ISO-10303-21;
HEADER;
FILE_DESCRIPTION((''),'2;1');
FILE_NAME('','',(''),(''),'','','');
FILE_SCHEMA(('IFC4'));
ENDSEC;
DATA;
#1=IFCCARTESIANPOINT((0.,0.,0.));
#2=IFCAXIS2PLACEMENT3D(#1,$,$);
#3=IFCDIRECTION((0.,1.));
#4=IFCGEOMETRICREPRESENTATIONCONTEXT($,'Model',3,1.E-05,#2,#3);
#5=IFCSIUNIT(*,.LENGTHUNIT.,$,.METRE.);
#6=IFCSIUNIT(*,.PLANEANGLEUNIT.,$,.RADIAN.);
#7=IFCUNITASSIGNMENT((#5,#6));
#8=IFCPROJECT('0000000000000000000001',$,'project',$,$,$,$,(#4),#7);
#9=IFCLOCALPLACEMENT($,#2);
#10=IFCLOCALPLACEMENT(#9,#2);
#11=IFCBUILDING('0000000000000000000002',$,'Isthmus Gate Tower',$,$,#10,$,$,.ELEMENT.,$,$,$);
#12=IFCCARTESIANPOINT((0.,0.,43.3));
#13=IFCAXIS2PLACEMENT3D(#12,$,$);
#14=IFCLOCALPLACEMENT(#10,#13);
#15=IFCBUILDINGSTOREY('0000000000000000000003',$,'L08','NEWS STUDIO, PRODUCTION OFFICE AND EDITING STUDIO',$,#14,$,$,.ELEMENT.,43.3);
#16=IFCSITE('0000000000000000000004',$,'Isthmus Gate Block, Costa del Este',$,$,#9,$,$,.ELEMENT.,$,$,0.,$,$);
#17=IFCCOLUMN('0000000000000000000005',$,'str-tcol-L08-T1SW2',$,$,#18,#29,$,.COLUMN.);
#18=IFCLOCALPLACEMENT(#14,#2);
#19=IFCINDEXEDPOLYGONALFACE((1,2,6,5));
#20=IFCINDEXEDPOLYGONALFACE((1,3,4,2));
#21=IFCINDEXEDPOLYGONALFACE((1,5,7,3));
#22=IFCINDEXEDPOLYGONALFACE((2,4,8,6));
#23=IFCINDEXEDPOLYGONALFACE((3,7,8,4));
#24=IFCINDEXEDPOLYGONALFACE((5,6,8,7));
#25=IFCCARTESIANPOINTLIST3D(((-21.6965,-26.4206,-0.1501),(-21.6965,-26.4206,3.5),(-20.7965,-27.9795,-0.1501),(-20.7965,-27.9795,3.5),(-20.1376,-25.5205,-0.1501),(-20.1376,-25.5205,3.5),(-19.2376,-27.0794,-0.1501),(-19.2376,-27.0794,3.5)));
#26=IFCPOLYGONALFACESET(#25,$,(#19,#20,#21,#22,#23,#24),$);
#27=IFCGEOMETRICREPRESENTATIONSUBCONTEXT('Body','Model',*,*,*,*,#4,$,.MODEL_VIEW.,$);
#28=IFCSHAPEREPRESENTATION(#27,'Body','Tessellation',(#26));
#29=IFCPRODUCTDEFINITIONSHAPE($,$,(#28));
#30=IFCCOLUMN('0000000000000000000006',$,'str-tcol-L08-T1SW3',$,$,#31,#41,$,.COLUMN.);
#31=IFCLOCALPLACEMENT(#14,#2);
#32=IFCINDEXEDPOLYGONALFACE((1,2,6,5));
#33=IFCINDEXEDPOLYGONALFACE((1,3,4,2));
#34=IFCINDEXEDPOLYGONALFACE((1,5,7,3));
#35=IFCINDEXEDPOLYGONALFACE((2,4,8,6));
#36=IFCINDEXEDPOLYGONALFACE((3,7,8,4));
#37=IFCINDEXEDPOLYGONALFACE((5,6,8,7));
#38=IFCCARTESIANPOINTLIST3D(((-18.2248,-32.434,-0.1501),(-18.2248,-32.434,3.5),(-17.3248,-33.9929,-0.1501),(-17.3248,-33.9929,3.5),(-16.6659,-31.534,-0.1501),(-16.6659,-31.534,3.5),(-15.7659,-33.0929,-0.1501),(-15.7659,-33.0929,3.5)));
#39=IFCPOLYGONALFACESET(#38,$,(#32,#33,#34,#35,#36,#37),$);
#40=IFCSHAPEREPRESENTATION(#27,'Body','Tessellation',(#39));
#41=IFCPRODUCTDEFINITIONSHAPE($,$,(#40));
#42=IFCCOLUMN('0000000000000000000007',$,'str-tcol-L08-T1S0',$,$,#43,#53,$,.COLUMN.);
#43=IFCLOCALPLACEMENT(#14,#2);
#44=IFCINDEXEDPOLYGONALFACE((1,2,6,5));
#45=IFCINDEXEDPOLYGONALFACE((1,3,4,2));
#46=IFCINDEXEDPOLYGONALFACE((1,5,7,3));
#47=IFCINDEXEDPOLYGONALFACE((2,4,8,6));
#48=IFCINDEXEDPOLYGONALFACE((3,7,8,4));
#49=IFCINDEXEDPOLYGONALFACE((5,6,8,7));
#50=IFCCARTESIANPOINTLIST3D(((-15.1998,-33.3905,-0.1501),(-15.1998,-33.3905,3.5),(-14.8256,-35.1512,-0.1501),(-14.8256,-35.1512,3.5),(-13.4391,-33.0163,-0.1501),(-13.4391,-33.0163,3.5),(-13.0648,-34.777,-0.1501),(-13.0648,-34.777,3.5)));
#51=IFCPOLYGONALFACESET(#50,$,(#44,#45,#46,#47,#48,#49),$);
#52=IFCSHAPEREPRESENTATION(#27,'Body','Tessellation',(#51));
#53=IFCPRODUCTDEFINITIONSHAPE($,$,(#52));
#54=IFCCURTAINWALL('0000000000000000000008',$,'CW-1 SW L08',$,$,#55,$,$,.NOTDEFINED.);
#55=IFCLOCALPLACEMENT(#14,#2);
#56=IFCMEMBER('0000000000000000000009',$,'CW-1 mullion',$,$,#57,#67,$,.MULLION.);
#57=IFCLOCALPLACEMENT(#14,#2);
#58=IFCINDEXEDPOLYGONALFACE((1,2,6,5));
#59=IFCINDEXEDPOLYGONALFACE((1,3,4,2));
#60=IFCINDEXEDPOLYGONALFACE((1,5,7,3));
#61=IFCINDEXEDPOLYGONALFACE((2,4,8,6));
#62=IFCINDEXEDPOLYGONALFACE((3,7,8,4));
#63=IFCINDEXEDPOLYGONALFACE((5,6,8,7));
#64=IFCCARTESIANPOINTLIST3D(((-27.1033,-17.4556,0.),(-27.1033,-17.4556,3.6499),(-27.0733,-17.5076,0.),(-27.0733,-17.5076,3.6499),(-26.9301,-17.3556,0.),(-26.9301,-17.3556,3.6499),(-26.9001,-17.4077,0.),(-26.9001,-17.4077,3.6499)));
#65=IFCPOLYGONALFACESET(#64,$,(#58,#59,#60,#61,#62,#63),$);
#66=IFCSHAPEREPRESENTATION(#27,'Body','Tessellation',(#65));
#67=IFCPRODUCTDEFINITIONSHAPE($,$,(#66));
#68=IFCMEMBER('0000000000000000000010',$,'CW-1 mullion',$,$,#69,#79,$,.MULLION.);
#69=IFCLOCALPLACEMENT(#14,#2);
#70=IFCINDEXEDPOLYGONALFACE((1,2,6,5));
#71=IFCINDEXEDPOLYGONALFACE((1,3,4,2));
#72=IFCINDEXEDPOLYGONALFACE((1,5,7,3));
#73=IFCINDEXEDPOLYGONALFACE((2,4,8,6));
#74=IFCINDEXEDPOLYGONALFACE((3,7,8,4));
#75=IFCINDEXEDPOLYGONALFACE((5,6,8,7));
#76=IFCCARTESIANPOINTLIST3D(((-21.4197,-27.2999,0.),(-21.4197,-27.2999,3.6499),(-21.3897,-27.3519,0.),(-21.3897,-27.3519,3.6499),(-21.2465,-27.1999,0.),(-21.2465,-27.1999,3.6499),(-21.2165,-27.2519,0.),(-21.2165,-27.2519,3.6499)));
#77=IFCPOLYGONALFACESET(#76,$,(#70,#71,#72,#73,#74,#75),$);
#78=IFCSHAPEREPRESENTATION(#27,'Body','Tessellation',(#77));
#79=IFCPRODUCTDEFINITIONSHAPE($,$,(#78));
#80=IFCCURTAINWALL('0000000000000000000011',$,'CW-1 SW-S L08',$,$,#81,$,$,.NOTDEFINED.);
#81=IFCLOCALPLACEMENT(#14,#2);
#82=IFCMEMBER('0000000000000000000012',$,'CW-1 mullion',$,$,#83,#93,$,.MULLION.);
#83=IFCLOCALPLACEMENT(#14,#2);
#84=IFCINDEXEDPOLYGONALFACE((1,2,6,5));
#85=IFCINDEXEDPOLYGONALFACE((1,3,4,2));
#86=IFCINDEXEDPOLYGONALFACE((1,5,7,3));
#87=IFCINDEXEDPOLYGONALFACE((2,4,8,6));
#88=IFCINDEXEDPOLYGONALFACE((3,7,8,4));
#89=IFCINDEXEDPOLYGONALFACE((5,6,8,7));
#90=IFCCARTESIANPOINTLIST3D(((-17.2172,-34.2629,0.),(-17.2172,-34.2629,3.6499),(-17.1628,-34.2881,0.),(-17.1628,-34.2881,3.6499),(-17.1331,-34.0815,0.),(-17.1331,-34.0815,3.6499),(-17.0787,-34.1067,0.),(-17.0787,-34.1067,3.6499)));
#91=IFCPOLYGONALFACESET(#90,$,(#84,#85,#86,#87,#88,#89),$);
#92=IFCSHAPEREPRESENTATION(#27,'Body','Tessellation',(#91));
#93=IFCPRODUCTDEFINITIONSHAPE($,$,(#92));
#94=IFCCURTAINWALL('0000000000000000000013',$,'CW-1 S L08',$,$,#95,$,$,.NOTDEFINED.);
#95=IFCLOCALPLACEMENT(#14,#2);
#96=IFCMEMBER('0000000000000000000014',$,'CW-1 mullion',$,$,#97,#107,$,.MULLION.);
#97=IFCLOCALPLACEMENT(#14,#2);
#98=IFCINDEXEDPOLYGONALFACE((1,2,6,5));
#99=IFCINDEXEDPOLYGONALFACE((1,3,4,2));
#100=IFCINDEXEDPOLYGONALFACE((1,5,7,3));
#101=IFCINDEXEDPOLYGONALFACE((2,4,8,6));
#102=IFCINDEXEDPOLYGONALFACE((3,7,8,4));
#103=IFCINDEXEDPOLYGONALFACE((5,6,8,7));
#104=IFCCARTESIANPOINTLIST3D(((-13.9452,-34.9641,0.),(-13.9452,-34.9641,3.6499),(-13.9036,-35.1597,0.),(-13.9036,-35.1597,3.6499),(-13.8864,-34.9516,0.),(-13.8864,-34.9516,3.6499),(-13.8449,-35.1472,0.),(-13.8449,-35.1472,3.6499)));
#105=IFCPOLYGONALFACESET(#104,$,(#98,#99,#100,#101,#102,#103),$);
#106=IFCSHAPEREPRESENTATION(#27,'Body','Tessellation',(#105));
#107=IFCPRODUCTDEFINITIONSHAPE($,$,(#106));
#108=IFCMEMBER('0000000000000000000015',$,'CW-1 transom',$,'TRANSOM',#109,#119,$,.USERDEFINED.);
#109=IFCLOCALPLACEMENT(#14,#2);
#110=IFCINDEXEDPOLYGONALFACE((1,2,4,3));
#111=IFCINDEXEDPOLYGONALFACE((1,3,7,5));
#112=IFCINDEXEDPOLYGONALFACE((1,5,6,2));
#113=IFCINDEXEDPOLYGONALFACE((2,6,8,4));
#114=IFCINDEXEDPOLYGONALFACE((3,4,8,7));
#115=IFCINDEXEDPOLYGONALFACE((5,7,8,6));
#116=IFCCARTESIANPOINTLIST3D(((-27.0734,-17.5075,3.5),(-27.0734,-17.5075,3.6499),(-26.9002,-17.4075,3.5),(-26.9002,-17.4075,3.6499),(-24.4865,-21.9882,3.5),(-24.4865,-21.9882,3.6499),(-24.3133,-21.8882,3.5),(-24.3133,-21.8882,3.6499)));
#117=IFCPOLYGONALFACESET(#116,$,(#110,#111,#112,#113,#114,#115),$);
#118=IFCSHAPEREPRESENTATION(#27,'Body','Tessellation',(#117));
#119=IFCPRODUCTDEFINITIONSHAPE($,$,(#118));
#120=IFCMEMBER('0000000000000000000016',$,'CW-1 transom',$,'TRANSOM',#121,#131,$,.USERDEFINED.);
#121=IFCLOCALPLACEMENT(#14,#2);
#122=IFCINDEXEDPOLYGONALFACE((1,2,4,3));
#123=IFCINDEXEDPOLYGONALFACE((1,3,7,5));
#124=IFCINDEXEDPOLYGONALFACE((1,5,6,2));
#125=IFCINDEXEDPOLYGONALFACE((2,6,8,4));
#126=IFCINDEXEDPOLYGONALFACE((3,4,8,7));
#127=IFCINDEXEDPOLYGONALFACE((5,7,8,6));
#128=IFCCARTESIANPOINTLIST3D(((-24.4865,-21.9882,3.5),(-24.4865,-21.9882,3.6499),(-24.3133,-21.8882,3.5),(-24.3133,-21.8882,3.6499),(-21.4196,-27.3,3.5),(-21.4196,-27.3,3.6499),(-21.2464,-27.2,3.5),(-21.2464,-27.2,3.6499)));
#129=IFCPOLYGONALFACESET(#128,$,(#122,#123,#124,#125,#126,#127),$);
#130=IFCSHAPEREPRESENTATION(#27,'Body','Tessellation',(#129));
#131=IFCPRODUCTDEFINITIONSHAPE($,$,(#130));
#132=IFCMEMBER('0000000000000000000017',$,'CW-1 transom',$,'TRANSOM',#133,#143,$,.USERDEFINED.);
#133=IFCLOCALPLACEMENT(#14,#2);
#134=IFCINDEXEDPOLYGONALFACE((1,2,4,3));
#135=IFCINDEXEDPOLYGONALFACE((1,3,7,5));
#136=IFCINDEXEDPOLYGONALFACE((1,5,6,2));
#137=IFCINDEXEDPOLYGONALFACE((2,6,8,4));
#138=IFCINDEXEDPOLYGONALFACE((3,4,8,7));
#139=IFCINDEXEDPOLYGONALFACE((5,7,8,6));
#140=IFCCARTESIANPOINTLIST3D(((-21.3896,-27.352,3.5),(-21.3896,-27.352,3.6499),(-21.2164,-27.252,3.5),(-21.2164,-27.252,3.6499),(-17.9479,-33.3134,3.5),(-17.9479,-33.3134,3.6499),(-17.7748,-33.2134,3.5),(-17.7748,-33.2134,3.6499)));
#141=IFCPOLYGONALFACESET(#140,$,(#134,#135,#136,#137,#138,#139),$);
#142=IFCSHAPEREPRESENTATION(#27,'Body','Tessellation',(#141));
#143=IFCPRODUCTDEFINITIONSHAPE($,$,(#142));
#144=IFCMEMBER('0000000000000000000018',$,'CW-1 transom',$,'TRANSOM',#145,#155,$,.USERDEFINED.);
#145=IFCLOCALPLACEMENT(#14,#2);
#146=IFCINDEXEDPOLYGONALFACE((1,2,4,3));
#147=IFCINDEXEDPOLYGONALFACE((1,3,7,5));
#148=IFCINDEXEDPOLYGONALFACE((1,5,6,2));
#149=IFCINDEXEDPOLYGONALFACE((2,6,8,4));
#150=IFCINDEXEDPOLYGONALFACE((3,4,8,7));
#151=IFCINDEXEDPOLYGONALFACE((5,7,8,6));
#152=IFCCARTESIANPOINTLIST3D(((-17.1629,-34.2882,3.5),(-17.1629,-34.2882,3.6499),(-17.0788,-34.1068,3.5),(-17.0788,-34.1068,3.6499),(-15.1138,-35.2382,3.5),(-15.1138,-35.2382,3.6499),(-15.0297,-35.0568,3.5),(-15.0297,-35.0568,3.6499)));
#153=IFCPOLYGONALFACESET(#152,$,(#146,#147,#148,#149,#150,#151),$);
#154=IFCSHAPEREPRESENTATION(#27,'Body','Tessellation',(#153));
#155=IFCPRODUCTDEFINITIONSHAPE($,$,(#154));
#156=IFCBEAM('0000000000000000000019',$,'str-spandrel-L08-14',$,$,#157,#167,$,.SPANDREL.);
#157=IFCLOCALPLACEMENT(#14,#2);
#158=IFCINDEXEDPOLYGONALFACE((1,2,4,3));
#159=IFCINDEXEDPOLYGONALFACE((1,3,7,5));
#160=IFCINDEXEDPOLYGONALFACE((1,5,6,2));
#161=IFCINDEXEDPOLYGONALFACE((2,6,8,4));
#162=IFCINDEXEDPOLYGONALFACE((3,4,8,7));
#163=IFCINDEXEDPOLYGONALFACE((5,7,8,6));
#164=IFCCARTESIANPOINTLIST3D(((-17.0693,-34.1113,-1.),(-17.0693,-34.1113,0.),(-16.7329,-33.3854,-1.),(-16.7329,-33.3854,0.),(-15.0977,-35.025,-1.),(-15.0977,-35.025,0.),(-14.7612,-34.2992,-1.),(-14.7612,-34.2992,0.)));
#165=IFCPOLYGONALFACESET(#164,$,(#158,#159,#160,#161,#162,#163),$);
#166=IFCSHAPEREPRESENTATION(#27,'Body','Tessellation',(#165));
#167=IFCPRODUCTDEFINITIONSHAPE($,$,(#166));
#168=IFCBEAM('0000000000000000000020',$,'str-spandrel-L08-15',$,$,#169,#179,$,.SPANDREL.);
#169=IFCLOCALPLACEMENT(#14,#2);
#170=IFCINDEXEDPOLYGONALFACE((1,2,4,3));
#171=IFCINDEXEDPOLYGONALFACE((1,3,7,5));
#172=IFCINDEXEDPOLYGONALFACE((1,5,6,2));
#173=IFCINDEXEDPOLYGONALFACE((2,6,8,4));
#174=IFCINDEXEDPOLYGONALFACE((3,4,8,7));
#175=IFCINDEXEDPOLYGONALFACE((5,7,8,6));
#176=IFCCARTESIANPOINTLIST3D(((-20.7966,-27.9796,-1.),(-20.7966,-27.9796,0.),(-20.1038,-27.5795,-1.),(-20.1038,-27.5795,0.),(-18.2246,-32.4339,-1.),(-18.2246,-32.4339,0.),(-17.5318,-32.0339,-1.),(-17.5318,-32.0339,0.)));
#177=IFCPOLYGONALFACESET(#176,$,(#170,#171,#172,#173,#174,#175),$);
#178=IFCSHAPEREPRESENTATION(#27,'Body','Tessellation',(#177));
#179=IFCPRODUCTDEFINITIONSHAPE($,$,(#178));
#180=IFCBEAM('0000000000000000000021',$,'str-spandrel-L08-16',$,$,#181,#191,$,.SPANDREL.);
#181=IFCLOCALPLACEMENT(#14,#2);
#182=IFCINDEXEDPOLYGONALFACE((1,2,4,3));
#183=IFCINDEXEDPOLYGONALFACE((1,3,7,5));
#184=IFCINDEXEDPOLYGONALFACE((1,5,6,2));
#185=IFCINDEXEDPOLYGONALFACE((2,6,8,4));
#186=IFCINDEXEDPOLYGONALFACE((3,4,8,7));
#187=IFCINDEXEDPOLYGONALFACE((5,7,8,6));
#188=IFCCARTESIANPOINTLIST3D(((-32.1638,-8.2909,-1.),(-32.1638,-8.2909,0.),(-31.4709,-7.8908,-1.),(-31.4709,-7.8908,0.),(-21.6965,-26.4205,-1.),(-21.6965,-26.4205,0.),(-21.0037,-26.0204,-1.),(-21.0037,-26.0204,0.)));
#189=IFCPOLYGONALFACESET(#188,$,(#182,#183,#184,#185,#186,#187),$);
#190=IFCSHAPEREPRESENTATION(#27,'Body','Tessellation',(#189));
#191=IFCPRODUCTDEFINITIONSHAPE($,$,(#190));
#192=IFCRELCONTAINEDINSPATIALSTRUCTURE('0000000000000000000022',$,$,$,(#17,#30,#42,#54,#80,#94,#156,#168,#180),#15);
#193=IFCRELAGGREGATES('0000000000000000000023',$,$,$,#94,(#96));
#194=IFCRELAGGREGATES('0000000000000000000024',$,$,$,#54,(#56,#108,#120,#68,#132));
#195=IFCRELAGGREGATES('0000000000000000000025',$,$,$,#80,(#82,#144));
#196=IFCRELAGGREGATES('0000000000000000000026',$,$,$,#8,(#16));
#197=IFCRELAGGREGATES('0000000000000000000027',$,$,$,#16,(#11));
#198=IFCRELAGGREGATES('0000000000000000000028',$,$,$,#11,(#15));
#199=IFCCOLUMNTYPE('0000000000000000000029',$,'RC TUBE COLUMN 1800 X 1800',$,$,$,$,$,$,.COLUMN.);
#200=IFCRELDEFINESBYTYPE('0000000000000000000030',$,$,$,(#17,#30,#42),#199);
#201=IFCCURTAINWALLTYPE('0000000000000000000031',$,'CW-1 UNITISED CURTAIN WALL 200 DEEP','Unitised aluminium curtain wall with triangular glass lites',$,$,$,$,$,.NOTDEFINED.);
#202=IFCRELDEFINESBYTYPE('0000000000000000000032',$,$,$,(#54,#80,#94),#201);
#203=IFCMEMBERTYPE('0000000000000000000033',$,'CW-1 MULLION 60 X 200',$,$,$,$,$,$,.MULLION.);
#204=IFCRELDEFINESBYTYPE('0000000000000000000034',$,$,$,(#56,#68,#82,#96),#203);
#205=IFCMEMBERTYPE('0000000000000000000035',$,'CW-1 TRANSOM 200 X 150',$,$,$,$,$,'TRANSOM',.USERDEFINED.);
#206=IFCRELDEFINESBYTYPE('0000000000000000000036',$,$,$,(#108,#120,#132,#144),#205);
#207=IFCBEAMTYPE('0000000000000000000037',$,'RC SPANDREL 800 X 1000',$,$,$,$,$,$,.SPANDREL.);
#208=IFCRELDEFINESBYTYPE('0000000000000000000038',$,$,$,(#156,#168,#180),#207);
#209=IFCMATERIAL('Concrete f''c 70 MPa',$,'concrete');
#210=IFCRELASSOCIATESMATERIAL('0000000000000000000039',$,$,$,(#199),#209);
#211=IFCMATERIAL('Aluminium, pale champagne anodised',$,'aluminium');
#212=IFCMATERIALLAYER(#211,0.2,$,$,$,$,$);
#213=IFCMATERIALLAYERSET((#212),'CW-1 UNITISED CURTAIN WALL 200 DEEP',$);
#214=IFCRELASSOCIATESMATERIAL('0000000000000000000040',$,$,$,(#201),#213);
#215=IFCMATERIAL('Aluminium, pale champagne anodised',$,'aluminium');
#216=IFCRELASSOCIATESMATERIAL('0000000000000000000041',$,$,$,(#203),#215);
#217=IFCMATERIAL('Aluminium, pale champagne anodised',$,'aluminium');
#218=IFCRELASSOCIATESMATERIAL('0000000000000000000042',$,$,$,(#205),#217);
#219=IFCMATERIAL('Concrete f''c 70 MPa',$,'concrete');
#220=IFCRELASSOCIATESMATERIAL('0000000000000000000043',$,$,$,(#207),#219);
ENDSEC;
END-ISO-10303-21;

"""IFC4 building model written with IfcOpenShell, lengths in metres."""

from ifc_helpers import new_model, si_unit, direction, frame, origin, origin_2d, place, context, subcontext, project, spatial, rectangle, extrude, material, layer, layer_set, material_profile, profile_set, type_object, element, aggregate, save


model = new_model("IFC4")

# Units and contexts
model_context = context("Model", 3, precision=1e-05, world=origin(), true_north=direction((0.0, 1.0)))
body_context = subcontext(model_context, "Body", "Model", "MODEL_VIEW")
ifc_project = project(units=[si_unit("LENGTHUNIT", "METRE"), si_unit("PLANEANGLEUNIT", "RADIAN")], contexts=[model_context])

# Site, building, storey
site_placement = place(None, origin())
site = spatial("IfcSite", under=ifc_project, at=site_placement, Name="Isthmus Gate Block, Costa del Este", CompositionType="ELEMENT", RefElevation=0.0)
building_placement = place(site_placement, origin())
building = spatial("IfcBuilding", under=site, at=building_placement, Name="Isthmus Gate Tower", CompositionType="ELEMENT")
storey_placement = place(building_placement, frame((0.0, 0.0, 43.3)))
storey = spatial("IfcBuildingStorey", under=building, at=storey_placement, Name="L08", Description="NEWS STUDIO, PRODUCTION OFFICE AND EDITING STUDIO", CompositionType="ELEMENT", Elevation=43.3)

# Columns
ifc_material_1 = material(Name="Concrete f'c 70 MPa", Category="concrete")
ifc_material_profile_1 = material_profile(ifc_material_1, rectangle(XDim=1.8, YDim=1.8, at=origin_2d()), Name="RC 1800X1800")
ifc_profile_set_1 = profile_set([ifc_material_profile_1], Name="Concrete f'c 70 MPa")
column_type = type_object("IfcColumnType", Name="RC TUBE COLUMN 1800 X 1800", PredefinedType="COLUMN", material=ifc_profile_set_1)
for number, where, z_axis, x_axis, name in (
    (1, (-20.467, -26.75, -0.1501), (0.0, 0.0, 1.0), (0.5, -0.866025, 0.0), "str-tcol-L08-T1SW2"),
    (2, (-16.9954, -32.7634, -0.1501), (0.0, 0.0, 1.0), (0.5, -0.866025, 0.0), "str-tcol-L08-T1SW3"),
    (3, (-14.1323, -34.0837, -0.1501), (0.0, 0.0, 1.0), (0.978148, 0.207912, 0.0), "str-tcol-L08-T1S0"),
):
    element("IfcColumn", number, at=place(storey_placement, frame(where, z_axis=z_axis, x_axis=x_axis)), inside=storey, type_object=column_type, Name=name, PredefinedType="COLUMN", context=body_context, shape_type="SweptSolid", body=[
        extrude(rectangle(XDim=1.8, YDim=1.8, at=origin_2d()), origin(), (0.0, 0.0, 1.0), 3.6501),
    ])

# Curtain wall, members
ifc_material_2 = material(Name="Aluminium, pale champagne anodised", Category="aluminium")
ifc_layer_1 = layer(ifc_material_2, 0.2)
ifc_layer_set_1 = layer_set([ifc_layer_1], Name="CW-1 UNITISED CURTAIN WALL 200 DEEP")
curtain_wall_type = type_object("IfcCurtainWallType", Name="CW-1 UNITISED CURTAIN WALL 200 DEEP", Description="Unitised aluminium curtain wall with triangular glass lites", PredefinedType="NOTDEFINED", material=ifc_layer_set_1)
curtain_wall_1_placement = place(storey_placement, origin())
curtain_wall_1 = element("IfcCurtainWall", 4, at=curtain_wall_1_placement, inside=storey, type_object=curtain_wall_type, Name="CW-1 SW L08", PredefinedType="NOTDEFINED")
ifc_material_3 = material(Name="Aluminium, pale champagne anodised", Category="aluminium")
ifc_material_profile_2 = material_profile(ifc_material_3, rectangle(XDim=0.0601, YDim=0.2, at=origin_2d()), Name="60x200")
ifc_profile_set_2 = profile_set([ifc_material_profile_2], Name="Aluminium, pale champagne anodised")
member_type_1 = type_object("IfcMemberType", Name="CW-1 MULLION 60 X 200", PredefinedType="MULLION", material=ifc_profile_set_2)
member_1_placement = place(storey_placement, frame((-27.0017, -17.4316, 0.0), z_axis=(0.0, 0.0, 1.0), x_axis=(0.5, -0.866025, 0.0)))
member_1 = element("IfcMember", 5, at=member_1_placement, type_object=member_type_1, Name="CW-1 mullion", PredefinedType="MULLION", context=body_context, shape_type="SweptSolid", body=[
    extrude(rectangle(XDim=0.0601, YDim=0.2, at=origin_2d()), origin(), (0.0, 0.0, 1.0), 3.6499),
])
member_2_placement = place(storey_placement, frame((-21.3181, -27.2759, 0.0), z_axis=(0.0, 0.0, 1.0), x_axis=(0.5, -0.866025, 0.0)))
member_2 = element("IfcMember", 6, at=member_2_placement, type_object=member_type_1, Name="CW-1 mullion", PredefinedType="MULLION", context=body_context, shape_type="SweptSolid", body=[
    extrude(rectangle(XDim=0.0601, YDim=0.2, at=origin_2d()), origin(), (0.0, 0.0, 1.0), 3.6499),
])

# Curtain walls, members
curtain_wall_2_placement = place(storey_placement, origin())
curtain_wall_2 = element("IfcCurtainWall", 7, at=curtain_wall_2_placement, inside=storey, type_object=curtain_wall_type, Name="CW-1 SW-S L08", PredefinedType="NOTDEFINED")
member_3_placement = place(storey_placement, frame((-17.1479, -34.1848, 0.0), z_axis=(0.0, 0.0, 1.0), x_axis=(0.907256, -0.420578, 0.0)))
member_3 = element("IfcMember", 8, at=member_3_placement, type_object=member_type_1, Name="CW-1 mullion", PredefinedType="MULLION", context=body_context, shape_type="SweptSolid", body=[
    extrude(rectangle(XDim=0.0601, YDim=0.2, at=origin_2d()), origin(), (0.0, 0.0, 1.0), 3.6499),
])
curtain_wall_3_placement = place(storey_placement, origin())
curtain_wall_3 = element("IfcCurtainWall", 9, at=curtain_wall_3_placement, inside=storey, type_object=curtain_wall_type, Name="CW-1 S L08", PredefinedType="NOTDEFINED")
member_4_placement = place(storey_placement, frame((-13.895, -35.0557, 0.0), z_axis=(0.0, 0.0, 1.0), x_axis=(0.978148, 0.207912, 0.0)))
member_4 = element("IfcMember", 10, at=member_4_placement, type_object=member_type_1, Name="CW-1 mullion", PredefinedType="MULLION", context=body_context, shape_type="SweptSolid", body=[
    extrude(rectangle(XDim=0.0601, YDim=0.2, at=origin_2d()), origin(), (0.0, 0.0, 1.0), 3.6499),
])
aggregate(curtain_wall_3, [member_4])

# Members
ifc_material_4 = material(Name="Aluminium, pale champagne anodised", Category="aluminium")
ifc_material_profile_3 = material_profile(ifc_material_4, rectangle(XDim=0.2, YDim=0.1499, at=origin_2d()), Name="200x150")
ifc_profile_set_3 = profile_set([ifc_material_profile_3], Name="Aluminium, pale champagne anodised")
member_type_2 = type_object("IfcMemberType", Name="CW-1 TRANSOM 200 X 150", ElementType="TRANSOM", PredefinedType="USERDEFINED", material=ifc_profile_set_3)
member_5_placement = place(storey_placement, frame((-26.9868, -17.4575, 3.575), z_axis=(0.499996, -0.866028, 0.0), x_axis=(0.866028, 0.499996, 0.0)))
member_5 = element("IfcMember", 11, at=member_5_placement, type_object=member_type_2, Name="CW-1 transom", ObjectType="TRANSOM", PredefinedType="USERDEFINED", context=body_context, shape_type="SweptSolid", body=[
    extrude(rectangle(XDim=0.2, YDim=0.1499, at=origin_2d()), origin(), (0.0, 0.0, 1.0), 5.1738),
])
member_6_placement = place(storey_placement, frame((-24.3999, -21.9382, 3.575), z_axis=(0.500018, -0.866015, 0.0), x_axis=(0.866015, 0.500018, 0.0)))
member_6 = element("IfcMember", 12, at=member_6_placement, type_object=member_type_2, Name="CW-1 transom", ObjectType="TRANSOM", PredefinedType="USERDEFINED", context=body_context, shape_type="SweptSolid", body=[
    extrude(rectangle(XDim=0.2, YDim=0.1499, at=origin_2d()), origin(), (0.0, 0.0, 1.0), 6.1335),
])
member_7_placement = place(storey_placement, frame((-21.303, -27.302, 3.575), z_axis=(0.49998, -0.866037, 0.0), x_axis=(0.866037, 0.49998, 0.0)))
member_7 = element("IfcMember", 13, at=member_7_placement, type_object=member_type_2, Name="CW-1 transom", ObjectType="TRANSOM", PredefinedType="USERDEFINED", context=body_context, shape_type="SweptSolid", body=[
    extrude(rectangle(XDim=0.2, YDim=0.1499, at=origin_2d()), origin(), (0.0, 0.0, 1.0), 6.8835),
])
member_8_placement = place(storey_placement, frame((-17.1208, -34.1975, 3.575), z_axis=(0.907246, -0.4206, 0.0), x_axis=(0.4206, 0.907246, 0.0)))
member_8 = element("IfcMember", 14, at=member_8_placement, type_object=member_type_2, Name="CW-1 transom", ObjectType="TRANSOM", PredefinedType="USERDEFINED", context=body_context, shape_type="SweptSolid", body=[
    extrude(rectangle(XDim=0.2, YDim=0.1499, at=origin_2d()), origin(), (0.0, 0.0, 1.0), 2.2585),
])

# Beams
ifc_material_5 = material(Name="Concrete f'c 70 MPa", Category="concrete")
ifc_material_profile_4 = material_profile(ifc_material_5, rectangle(XDim=0.8, YDim=1.0, at=origin_2d()), Name="RC 800X1000")
ifc_profile_set_4 = profile_set([ifc_material_profile_4], Name="Concrete f'c 70 MPa")
beam_type_1 = type_object("IfcBeamType", Name="RC SPANDREL 800 X 1000", PredefinedType="SPANDREL", material=ifc_profile_set_4)
beam_1_placement = place(storey_placement, frame((-14.9294, -34.6621, -0.5), z_axis=(-0.907291, 0.420504, 0.0), x_axis=(-0.420504, -0.907291, 0.0)))
element("IfcBeam", 15, at=beam_1_placement, inside=storey, type_object=beam_type_1, Name="str-spandrel-L08-14", PredefinedType="SPANDREL", context=body_context, shape_type="SweptSolid", body=[
    extrude(rectangle(XDim=0.8, YDim=1.0, at=origin_2d()), origin(), (0.0, 0.0, 1.0), 2.1731),
])
beam_2_placement = place(storey_placement, frame((-17.8782, -32.2339, -0.5), z_axis=(-0.500044, 0.866, 0.0), x_axis=(-0.866, -0.500044, 0.0)))
element("IfcBeam", 16, at=beam_2_placement, inside=storey, type_object=beam_type_1, Name="str-spandrel-L08-15", PredefinedType="SPANDREL", context=body_context, shape_type="SweptSolid", body=[
    extrude(rectangle(XDim=0.8, YDim=1.0, at=origin_2d()), origin(), (0.0, 0.0, 1.0), 5.1436),
])
beam_3_placement = place(storey_placement, frame((-21.3501, -26.2205, -0.5), z_axis=(-0.500005, 0.866023, 0.0), x_axis=(-0.866023, -0.500005, 0.0)))
element("IfcBeam", 17, at=beam_3_placement, inside=storey, type_object=beam_type_1, Name="str-spandrel-L08-16", PredefinedType="SPANDREL", context=body_context, shape_type="SweptSolid", body=[
    extrude(rectangle(XDim=0.8, YDim=1.0, at=origin_2d()), origin(), (0.0, 0.0, 1.0), 20.9343),
])

aggregate(curtain_wall_1, [member_1, member_5, member_6, member_2, member_7])
aggregate(curtain_wall_2, [member_3, member_8])

save(model, "model.ifc")
